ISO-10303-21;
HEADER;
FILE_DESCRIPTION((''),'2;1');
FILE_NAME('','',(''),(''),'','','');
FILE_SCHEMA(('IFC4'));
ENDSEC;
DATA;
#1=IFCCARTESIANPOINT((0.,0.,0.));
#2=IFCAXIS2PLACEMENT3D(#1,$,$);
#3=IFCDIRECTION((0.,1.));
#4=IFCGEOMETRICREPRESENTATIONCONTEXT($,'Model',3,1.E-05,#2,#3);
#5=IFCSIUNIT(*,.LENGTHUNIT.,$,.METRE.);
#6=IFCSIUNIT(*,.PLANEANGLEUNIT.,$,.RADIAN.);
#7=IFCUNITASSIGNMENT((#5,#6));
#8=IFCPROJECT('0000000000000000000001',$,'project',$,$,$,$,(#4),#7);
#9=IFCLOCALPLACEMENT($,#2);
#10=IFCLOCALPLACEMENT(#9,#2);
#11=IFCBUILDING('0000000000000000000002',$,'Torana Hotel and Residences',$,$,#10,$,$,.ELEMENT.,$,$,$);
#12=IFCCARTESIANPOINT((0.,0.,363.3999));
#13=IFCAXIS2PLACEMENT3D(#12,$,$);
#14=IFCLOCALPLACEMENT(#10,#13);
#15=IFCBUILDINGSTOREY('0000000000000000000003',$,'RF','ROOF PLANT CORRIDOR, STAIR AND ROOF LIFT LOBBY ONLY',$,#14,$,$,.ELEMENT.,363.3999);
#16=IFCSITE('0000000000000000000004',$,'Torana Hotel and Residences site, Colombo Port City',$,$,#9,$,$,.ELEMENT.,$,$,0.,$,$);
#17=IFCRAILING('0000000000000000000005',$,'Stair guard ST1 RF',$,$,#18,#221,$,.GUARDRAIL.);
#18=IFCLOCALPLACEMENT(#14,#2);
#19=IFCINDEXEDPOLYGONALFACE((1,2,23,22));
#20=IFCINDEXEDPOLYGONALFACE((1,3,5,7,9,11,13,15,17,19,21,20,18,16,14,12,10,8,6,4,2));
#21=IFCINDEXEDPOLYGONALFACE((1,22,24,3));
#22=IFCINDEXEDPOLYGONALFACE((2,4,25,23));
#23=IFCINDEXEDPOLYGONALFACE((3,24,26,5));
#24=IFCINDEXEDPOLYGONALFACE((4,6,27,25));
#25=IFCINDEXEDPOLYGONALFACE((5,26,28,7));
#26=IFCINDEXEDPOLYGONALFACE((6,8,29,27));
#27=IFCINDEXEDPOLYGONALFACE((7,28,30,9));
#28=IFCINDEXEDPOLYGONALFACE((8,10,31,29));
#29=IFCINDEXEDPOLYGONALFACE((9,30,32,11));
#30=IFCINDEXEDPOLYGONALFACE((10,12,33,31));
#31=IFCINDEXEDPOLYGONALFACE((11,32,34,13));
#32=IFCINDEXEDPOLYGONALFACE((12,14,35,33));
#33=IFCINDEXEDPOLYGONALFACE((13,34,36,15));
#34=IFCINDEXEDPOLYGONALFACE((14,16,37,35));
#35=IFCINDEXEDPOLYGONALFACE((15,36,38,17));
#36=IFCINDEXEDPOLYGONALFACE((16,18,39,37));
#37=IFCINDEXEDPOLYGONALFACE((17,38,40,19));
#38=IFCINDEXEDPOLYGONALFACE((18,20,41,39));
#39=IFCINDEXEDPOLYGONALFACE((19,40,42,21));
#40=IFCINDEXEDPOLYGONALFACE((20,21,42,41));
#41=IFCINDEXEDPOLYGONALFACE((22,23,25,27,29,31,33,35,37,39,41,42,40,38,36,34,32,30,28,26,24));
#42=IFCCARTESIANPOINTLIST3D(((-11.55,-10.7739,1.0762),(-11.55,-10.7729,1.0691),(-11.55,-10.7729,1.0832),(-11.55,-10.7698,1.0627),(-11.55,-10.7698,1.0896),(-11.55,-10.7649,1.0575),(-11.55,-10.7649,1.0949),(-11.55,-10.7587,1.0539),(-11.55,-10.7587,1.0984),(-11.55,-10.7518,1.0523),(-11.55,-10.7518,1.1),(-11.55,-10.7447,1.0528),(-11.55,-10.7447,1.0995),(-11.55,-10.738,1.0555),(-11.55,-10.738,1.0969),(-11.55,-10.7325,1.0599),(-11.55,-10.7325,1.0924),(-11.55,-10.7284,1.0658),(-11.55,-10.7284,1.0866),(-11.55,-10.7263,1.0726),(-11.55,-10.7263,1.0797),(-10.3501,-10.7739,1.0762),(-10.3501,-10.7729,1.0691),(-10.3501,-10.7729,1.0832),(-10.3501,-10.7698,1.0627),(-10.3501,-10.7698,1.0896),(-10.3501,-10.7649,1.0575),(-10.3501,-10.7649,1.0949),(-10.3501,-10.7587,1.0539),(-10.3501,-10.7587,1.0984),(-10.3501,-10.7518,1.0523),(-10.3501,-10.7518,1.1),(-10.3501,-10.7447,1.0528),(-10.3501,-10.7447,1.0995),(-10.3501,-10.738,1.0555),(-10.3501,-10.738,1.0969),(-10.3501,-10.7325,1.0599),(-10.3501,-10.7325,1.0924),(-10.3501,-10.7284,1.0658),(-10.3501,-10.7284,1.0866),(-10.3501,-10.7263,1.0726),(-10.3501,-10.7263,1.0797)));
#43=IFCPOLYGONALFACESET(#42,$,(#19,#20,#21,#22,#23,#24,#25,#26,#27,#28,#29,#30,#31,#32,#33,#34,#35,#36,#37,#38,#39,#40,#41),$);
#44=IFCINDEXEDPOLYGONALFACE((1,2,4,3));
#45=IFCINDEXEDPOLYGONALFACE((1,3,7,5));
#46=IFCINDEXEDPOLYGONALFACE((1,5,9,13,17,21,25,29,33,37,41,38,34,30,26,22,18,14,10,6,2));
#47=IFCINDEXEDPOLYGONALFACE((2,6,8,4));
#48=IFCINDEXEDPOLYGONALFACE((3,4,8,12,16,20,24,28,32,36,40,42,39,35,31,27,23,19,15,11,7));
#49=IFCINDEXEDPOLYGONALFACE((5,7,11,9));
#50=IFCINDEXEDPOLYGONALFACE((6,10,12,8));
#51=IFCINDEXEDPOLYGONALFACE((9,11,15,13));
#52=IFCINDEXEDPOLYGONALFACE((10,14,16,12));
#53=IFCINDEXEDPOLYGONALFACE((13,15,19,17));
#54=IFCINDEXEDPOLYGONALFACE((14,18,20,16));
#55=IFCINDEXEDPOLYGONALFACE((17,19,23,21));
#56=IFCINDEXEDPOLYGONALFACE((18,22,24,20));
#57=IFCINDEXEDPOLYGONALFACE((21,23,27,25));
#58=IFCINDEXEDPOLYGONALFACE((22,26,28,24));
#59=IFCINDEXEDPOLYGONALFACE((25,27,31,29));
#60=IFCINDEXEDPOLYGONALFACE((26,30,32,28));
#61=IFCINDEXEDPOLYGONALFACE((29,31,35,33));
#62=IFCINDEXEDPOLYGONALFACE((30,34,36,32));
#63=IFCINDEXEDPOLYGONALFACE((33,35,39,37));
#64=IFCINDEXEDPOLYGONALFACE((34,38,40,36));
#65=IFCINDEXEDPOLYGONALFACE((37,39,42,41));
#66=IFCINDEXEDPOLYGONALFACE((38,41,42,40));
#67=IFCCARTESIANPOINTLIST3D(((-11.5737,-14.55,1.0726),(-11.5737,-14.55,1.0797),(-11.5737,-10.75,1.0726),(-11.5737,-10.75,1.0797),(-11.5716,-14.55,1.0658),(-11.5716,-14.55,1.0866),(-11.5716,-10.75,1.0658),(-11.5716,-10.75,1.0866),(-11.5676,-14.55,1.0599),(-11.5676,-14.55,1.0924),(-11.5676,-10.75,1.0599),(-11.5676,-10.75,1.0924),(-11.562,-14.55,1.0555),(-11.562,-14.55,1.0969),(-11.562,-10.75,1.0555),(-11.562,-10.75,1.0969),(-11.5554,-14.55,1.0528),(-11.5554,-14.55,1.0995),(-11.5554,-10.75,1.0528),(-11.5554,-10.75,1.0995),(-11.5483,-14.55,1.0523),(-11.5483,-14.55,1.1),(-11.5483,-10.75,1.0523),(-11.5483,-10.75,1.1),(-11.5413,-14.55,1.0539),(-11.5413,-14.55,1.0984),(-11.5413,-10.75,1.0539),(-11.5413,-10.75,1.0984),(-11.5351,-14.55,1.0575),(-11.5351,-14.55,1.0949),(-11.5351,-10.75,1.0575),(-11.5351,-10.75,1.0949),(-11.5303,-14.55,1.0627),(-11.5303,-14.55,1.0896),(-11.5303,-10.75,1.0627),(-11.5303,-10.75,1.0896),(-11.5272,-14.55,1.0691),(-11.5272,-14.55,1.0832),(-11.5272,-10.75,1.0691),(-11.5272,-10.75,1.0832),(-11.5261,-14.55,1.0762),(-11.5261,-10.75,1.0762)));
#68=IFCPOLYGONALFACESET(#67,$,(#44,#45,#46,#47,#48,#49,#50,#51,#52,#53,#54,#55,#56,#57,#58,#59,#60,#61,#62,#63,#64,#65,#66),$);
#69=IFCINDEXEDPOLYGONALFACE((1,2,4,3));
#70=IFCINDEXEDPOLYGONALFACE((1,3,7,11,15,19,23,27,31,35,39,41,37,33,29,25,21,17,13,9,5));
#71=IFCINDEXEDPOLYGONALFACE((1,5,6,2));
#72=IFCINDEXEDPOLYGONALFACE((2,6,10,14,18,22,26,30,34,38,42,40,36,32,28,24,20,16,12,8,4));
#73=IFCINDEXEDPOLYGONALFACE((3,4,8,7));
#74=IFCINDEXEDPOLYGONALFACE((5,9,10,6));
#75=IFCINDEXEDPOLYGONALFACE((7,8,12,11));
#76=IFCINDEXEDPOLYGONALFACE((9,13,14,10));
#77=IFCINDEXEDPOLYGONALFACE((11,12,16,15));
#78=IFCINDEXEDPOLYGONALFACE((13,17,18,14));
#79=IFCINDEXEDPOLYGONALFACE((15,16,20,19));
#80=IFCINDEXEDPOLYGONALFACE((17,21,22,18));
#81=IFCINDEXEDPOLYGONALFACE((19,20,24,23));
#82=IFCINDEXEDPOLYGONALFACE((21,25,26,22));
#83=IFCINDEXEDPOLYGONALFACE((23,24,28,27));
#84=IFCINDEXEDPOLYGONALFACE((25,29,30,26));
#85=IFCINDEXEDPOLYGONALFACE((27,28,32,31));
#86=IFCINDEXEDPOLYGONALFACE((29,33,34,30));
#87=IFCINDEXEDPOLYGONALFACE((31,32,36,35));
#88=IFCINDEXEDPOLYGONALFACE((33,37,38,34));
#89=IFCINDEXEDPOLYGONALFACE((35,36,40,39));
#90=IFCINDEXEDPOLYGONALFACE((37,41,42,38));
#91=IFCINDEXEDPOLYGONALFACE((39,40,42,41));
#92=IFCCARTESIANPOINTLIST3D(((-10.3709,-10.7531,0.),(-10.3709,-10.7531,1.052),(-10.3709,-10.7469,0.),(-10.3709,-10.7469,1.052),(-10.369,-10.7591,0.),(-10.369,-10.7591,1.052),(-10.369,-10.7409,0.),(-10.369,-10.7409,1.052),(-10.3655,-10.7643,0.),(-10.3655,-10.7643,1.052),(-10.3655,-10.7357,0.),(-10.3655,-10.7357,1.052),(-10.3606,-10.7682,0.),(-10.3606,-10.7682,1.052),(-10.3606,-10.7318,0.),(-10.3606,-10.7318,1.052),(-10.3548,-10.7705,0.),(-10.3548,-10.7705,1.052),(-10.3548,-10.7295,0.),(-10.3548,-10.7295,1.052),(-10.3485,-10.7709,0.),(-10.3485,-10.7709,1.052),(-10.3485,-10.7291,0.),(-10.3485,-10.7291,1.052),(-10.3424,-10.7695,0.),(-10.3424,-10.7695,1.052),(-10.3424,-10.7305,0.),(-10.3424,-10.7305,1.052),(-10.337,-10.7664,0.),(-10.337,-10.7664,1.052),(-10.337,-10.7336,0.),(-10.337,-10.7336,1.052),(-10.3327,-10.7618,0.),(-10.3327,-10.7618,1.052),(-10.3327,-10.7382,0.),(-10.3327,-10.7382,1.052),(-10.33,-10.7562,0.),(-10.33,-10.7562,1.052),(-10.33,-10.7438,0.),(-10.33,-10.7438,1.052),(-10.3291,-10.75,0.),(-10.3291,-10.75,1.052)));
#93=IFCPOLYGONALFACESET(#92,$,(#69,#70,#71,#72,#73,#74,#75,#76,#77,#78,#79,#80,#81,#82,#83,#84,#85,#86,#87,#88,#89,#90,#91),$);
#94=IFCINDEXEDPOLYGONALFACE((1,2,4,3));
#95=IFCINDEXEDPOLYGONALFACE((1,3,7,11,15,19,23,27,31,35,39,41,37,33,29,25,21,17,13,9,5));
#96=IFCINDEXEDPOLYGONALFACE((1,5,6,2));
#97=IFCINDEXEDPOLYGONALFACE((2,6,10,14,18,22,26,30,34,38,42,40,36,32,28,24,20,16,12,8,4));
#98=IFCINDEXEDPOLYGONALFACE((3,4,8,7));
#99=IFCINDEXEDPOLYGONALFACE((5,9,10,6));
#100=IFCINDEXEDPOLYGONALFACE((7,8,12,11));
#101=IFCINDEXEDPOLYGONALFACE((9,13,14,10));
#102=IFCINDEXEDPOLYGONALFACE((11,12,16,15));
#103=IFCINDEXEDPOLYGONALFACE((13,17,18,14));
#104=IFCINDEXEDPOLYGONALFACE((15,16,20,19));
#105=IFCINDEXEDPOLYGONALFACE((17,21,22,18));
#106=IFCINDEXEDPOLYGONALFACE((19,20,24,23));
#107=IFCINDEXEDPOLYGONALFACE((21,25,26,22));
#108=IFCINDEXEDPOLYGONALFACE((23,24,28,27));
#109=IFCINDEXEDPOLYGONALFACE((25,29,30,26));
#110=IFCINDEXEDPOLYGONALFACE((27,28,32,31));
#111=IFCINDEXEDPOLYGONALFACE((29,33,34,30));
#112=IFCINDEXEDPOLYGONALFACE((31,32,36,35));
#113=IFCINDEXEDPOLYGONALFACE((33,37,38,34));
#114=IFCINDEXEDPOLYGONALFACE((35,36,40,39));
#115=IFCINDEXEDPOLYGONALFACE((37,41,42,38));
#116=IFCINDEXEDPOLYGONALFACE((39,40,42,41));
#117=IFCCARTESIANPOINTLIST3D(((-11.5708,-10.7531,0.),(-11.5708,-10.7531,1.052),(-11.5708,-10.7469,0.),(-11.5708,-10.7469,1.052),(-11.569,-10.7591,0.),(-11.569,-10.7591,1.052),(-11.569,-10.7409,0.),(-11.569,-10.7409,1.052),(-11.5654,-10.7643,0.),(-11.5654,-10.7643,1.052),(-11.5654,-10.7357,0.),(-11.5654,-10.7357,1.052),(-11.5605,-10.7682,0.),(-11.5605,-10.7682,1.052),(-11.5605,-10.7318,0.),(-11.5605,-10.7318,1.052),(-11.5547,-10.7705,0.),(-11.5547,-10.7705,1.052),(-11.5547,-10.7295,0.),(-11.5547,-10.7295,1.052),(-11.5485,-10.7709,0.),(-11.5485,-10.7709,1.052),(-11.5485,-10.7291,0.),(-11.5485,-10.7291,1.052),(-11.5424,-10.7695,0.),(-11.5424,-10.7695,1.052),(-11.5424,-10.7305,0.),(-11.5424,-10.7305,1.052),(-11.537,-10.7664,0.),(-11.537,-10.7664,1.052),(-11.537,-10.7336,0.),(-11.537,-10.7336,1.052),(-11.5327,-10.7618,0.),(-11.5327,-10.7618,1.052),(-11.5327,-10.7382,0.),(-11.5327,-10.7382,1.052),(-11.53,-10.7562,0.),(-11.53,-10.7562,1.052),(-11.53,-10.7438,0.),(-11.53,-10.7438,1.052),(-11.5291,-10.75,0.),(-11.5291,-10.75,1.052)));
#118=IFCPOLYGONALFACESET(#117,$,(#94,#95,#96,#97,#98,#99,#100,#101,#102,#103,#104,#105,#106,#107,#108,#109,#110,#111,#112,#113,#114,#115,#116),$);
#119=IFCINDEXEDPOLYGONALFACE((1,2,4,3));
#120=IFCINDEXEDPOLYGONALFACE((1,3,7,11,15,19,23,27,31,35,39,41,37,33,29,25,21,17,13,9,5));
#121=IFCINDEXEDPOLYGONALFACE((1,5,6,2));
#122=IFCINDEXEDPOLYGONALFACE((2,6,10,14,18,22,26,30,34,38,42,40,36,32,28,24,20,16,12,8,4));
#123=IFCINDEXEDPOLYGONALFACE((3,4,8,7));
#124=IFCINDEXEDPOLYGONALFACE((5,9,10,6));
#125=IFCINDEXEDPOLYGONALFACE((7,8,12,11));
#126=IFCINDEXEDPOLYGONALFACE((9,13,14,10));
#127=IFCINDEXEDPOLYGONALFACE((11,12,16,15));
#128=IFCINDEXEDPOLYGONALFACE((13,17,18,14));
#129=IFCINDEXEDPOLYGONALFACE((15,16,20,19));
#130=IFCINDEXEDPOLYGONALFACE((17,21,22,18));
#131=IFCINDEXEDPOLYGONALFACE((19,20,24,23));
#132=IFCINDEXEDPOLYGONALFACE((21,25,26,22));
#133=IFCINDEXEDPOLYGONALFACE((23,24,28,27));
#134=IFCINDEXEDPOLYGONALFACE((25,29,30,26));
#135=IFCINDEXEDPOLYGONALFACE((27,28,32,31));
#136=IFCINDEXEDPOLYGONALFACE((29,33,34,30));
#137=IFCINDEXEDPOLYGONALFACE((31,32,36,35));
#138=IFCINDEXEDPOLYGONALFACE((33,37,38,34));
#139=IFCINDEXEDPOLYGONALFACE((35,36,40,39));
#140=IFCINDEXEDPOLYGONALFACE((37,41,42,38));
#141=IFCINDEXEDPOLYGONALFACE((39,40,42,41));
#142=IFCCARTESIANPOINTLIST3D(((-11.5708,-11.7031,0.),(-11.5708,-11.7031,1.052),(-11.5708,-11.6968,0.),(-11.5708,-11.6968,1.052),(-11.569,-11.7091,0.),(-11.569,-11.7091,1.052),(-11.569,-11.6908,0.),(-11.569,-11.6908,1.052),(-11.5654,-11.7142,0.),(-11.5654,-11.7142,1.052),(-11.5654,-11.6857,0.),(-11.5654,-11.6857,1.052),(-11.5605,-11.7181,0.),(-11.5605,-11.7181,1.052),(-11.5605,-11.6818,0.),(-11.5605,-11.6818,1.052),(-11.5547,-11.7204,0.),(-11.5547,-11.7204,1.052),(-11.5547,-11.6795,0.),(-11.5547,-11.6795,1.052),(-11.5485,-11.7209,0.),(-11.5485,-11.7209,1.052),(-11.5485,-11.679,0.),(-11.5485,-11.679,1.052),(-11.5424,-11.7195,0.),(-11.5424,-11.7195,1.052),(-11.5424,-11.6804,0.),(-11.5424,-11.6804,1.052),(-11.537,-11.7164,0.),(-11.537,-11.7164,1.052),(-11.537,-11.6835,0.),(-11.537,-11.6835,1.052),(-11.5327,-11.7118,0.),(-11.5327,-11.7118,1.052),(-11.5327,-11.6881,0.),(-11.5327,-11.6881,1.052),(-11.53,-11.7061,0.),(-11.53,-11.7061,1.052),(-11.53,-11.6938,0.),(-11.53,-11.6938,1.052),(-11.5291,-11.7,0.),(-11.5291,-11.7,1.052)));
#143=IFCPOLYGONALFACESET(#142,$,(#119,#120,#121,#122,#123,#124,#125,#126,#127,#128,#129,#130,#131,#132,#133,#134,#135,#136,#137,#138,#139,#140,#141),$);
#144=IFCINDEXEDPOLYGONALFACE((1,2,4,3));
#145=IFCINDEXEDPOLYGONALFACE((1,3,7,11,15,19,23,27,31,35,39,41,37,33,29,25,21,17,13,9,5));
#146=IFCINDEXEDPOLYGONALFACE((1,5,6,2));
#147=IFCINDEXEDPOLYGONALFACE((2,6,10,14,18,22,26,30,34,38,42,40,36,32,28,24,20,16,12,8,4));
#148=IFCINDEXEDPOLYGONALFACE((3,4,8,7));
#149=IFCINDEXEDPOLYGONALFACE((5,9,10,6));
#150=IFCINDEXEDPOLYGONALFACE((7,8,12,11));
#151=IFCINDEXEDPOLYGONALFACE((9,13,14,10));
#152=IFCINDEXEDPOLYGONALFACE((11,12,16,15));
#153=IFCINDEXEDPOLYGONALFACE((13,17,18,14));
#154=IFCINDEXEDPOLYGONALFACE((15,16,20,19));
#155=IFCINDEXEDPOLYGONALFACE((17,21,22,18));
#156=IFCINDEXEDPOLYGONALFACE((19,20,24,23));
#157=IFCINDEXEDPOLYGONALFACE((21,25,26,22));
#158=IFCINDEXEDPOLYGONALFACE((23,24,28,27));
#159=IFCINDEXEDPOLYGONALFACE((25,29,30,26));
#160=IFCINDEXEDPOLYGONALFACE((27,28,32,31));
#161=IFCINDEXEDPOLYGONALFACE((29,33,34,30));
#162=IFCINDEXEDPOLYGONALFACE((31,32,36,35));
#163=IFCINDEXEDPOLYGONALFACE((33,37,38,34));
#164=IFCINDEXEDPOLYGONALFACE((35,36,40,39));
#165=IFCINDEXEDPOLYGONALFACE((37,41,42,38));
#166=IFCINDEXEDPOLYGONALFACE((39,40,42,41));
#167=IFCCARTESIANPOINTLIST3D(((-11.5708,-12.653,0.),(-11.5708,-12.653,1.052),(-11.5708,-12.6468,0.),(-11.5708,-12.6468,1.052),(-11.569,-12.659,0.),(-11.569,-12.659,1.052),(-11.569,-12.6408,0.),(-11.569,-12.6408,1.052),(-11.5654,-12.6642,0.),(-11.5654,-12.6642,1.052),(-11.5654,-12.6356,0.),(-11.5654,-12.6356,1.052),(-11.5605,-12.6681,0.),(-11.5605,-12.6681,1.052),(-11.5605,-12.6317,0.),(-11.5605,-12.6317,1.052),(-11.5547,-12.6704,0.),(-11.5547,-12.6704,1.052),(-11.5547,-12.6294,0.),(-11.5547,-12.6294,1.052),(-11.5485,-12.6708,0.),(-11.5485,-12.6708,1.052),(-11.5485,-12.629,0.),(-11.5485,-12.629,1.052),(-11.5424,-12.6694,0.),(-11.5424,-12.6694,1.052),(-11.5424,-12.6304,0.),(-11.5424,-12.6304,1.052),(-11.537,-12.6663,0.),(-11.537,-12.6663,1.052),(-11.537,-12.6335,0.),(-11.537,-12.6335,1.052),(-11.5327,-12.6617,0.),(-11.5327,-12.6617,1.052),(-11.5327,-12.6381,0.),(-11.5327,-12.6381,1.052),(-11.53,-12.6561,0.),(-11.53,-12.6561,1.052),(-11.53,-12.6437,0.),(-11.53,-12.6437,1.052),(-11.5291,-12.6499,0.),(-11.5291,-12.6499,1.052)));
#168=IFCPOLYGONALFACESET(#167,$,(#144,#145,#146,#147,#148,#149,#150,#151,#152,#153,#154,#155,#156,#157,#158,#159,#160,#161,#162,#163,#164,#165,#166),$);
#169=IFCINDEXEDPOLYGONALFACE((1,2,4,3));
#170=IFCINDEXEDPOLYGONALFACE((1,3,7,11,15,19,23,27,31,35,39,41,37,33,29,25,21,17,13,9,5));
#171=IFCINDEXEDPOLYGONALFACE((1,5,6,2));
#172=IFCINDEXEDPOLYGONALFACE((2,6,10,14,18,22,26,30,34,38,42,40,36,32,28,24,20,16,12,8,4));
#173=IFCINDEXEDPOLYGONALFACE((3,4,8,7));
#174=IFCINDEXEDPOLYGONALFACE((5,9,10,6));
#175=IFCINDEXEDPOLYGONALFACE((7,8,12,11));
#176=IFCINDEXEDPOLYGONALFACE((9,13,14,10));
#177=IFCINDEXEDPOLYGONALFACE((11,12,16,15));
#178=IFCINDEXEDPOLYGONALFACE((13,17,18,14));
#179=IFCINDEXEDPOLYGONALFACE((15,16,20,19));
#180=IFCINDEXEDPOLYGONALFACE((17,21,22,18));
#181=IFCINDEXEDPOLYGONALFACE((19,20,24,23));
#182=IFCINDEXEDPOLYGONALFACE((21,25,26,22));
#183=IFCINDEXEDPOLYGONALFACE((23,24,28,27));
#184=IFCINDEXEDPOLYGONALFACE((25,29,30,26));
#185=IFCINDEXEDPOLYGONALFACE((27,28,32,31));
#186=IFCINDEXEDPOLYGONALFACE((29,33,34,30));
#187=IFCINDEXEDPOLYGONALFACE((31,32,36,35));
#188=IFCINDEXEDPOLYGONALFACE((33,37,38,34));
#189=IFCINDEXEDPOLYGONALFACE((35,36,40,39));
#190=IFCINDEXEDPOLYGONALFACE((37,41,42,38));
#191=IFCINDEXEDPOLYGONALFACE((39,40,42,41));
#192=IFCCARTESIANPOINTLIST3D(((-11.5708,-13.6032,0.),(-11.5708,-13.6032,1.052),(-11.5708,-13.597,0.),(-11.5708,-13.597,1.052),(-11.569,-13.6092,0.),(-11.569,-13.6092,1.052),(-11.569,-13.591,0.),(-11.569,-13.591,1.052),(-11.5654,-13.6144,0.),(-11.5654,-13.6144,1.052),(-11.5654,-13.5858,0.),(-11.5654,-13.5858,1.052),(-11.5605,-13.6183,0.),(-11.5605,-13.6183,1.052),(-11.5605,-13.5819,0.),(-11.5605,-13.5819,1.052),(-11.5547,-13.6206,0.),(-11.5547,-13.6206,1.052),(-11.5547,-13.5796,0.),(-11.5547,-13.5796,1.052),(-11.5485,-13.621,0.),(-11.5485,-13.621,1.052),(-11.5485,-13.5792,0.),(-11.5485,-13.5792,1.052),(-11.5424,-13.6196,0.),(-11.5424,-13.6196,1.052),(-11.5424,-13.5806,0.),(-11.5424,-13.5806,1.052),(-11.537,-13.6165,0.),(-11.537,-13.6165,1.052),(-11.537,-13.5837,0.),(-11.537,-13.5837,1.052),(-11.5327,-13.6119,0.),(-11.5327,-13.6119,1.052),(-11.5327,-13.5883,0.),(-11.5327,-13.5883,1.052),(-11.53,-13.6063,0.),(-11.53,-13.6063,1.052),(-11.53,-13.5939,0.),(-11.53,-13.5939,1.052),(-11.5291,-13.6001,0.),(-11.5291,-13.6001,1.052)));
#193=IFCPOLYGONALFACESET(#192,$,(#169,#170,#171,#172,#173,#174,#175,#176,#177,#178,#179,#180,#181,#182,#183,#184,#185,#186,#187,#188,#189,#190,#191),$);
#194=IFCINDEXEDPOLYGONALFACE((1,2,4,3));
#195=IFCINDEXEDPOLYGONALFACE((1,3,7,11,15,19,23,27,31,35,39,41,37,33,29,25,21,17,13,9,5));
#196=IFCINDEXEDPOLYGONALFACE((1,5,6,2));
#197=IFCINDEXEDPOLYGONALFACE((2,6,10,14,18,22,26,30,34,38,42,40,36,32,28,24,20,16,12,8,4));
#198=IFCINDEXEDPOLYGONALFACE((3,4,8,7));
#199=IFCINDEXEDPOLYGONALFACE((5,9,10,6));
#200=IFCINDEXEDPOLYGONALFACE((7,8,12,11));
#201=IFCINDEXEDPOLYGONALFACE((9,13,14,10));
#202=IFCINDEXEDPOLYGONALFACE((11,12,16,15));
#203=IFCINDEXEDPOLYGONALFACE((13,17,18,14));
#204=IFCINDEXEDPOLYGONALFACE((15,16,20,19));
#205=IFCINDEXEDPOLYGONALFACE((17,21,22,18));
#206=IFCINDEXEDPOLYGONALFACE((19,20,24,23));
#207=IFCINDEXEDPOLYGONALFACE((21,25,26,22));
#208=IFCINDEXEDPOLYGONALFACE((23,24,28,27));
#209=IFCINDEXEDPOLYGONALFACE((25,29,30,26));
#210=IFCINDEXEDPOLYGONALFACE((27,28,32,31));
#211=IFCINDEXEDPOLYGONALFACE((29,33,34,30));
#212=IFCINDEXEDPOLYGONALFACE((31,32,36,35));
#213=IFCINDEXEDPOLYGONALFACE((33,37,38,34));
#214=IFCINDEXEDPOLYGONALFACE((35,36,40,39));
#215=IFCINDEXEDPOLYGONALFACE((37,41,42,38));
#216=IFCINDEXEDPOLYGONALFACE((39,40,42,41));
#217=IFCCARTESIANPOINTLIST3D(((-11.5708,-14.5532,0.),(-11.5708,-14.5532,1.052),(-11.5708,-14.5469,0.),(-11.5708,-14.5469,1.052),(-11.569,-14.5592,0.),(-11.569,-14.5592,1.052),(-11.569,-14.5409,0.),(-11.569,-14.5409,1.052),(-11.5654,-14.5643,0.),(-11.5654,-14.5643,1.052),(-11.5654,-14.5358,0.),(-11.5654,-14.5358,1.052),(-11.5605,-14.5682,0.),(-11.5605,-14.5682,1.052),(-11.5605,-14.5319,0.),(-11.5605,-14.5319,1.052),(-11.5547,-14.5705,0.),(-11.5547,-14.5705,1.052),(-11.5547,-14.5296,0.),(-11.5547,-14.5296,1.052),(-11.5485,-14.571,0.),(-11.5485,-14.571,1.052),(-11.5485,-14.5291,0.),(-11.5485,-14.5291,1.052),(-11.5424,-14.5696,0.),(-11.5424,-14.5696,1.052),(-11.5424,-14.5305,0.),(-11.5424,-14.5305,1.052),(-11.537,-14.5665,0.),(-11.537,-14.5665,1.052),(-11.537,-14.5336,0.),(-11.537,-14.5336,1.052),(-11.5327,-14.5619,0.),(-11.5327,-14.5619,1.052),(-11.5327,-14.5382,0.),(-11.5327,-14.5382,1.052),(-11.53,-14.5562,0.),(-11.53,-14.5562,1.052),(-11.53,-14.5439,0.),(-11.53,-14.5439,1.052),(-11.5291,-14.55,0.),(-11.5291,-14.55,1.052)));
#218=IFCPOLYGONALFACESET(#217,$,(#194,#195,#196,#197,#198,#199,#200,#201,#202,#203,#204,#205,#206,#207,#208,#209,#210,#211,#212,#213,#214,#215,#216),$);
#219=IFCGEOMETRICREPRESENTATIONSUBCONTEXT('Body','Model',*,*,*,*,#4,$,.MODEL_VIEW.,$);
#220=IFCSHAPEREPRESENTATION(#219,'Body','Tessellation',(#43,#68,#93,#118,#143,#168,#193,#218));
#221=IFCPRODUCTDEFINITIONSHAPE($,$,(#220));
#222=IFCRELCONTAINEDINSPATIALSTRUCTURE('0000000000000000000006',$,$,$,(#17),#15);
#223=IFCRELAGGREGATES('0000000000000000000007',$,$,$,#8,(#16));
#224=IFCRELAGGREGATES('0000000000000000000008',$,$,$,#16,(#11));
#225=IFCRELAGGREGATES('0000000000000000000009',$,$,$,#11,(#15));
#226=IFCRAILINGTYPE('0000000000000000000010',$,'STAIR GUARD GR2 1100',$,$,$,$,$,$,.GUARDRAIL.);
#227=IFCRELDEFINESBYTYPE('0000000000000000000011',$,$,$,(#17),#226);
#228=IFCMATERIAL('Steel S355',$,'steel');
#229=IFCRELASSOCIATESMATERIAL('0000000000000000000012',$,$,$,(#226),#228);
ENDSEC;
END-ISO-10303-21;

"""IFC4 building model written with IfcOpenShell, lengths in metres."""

from ifc_helpers import new_model, si_unit, direction, frame, origin, origin_2d, place, context, subcontext, project, spatial, circle, extrude, material, type_object, element, save


model = new_model("IFC4")

# Units and contexts
model_context = context("Model", 3, precision=1e-05, world=origin(), true_north=direction((0.0, 1.0)))
body_context = subcontext(model_context, "Body", "Model", "MODEL_VIEW")
ifc_project = project(units=[si_unit("LENGTHUNIT", "METRE"), si_unit("PLANEANGLEUNIT", "RADIAN")], contexts=[model_context])

# Site, building, storey
site_placement = place(None, origin())
site = spatial("IfcSite", under=ifc_project, at=site_placement, Name="Torana Hotel and Residences site, Colombo Port City", CompositionType="ELEMENT", RefElevation=0.0)
building_placement = place(site_placement, origin())
building = spatial("IfcBuilding", under=site, at=building_placement, Name="Torana Hotel and Residences", CompositionType="ELEMENT")
storey_placement = place(building_placement, frame((0.0, 0.0, 363.3999)))
storey = spatial("IfcBuildingStorey", under=building, at=storey_placement, Name="RF", Description="ROOF PLANT CORRIDOR, STAIR AND ROOF LIFT LOBBY ONLY", CompositionType="ELEMENT", Elevation=363.3999)

# Railing
ifc_material_1 = material(Name="Steel S355", Category="steel")
railing_type_1 = type_object("IfcRailingType", Name="STAIR GUARD GR2 1100", PredefinedType="GUARDRAIL", material=ifc_material_1)
railing_1_placement = place(storey_placement, frame((-10.3501, -10.75, 0.0)))
element("IfcRailing", 1, at=railing_1_placement, inside=storey, type_object=railing_type_1, Name="Stair guard ST1 RF", PredefinedType="GUARDRAIL", context=body_context, shape_type="SweptSolid", body=[
    extrude(circle(Radius=0.0239, at=origin_2d()), frame((0.0, 0.0, 1.0762), z_axis=(-1.0, 0.0, 0.0), x_axis=(0.0, -1.0, 0.0)), (0.0, 0.0, 1.0), 1.2),
    extrude(circle(Radius=0.0239, at=origin_2d()), frame((-1.2, 0.0, 1.0762), z_axis=(0.0, -1.0, 0.0), x_axis=(1.0, 0.0, 0.0)), (0.0, 0.0, 1.0), 3.8),
    extrude(circle(Radius=0.021, at=origin_2d()), origin(), (0.0, 0.0, 1.0), 1.052),
    extrude(circle(Radius=0.021, at=origin_2d()), frame((-1.2, 0.0, 0.0)), (0.0, 0.0, 1.0), 1.052),
    extrude(circle(Radius=0.021, at=origin_2d()), frame((-1.2, -0.95, 0.0)), (0.0, 0.0, 1.0), 1.052),
    extrude(circle(Radius=0.021, at=origin_2d()), frame((-1.2, -1.8999, 0.0)), (0.0, 0.0, 1.0), 1.052),
    extrude(circle(Radius=0.021, at=origin_2d()), frame((-1.2, -2.8501, 0.0)), (0.0, 0.0, 1.0), 1.052),
    extrude(circle(Radius=0.021, at=origin_2d()), frame((-1.2, -3.8, 0.0)), (0.0, 0.0, 1.0), 1.052),
])

save(model, "model.ifc")
